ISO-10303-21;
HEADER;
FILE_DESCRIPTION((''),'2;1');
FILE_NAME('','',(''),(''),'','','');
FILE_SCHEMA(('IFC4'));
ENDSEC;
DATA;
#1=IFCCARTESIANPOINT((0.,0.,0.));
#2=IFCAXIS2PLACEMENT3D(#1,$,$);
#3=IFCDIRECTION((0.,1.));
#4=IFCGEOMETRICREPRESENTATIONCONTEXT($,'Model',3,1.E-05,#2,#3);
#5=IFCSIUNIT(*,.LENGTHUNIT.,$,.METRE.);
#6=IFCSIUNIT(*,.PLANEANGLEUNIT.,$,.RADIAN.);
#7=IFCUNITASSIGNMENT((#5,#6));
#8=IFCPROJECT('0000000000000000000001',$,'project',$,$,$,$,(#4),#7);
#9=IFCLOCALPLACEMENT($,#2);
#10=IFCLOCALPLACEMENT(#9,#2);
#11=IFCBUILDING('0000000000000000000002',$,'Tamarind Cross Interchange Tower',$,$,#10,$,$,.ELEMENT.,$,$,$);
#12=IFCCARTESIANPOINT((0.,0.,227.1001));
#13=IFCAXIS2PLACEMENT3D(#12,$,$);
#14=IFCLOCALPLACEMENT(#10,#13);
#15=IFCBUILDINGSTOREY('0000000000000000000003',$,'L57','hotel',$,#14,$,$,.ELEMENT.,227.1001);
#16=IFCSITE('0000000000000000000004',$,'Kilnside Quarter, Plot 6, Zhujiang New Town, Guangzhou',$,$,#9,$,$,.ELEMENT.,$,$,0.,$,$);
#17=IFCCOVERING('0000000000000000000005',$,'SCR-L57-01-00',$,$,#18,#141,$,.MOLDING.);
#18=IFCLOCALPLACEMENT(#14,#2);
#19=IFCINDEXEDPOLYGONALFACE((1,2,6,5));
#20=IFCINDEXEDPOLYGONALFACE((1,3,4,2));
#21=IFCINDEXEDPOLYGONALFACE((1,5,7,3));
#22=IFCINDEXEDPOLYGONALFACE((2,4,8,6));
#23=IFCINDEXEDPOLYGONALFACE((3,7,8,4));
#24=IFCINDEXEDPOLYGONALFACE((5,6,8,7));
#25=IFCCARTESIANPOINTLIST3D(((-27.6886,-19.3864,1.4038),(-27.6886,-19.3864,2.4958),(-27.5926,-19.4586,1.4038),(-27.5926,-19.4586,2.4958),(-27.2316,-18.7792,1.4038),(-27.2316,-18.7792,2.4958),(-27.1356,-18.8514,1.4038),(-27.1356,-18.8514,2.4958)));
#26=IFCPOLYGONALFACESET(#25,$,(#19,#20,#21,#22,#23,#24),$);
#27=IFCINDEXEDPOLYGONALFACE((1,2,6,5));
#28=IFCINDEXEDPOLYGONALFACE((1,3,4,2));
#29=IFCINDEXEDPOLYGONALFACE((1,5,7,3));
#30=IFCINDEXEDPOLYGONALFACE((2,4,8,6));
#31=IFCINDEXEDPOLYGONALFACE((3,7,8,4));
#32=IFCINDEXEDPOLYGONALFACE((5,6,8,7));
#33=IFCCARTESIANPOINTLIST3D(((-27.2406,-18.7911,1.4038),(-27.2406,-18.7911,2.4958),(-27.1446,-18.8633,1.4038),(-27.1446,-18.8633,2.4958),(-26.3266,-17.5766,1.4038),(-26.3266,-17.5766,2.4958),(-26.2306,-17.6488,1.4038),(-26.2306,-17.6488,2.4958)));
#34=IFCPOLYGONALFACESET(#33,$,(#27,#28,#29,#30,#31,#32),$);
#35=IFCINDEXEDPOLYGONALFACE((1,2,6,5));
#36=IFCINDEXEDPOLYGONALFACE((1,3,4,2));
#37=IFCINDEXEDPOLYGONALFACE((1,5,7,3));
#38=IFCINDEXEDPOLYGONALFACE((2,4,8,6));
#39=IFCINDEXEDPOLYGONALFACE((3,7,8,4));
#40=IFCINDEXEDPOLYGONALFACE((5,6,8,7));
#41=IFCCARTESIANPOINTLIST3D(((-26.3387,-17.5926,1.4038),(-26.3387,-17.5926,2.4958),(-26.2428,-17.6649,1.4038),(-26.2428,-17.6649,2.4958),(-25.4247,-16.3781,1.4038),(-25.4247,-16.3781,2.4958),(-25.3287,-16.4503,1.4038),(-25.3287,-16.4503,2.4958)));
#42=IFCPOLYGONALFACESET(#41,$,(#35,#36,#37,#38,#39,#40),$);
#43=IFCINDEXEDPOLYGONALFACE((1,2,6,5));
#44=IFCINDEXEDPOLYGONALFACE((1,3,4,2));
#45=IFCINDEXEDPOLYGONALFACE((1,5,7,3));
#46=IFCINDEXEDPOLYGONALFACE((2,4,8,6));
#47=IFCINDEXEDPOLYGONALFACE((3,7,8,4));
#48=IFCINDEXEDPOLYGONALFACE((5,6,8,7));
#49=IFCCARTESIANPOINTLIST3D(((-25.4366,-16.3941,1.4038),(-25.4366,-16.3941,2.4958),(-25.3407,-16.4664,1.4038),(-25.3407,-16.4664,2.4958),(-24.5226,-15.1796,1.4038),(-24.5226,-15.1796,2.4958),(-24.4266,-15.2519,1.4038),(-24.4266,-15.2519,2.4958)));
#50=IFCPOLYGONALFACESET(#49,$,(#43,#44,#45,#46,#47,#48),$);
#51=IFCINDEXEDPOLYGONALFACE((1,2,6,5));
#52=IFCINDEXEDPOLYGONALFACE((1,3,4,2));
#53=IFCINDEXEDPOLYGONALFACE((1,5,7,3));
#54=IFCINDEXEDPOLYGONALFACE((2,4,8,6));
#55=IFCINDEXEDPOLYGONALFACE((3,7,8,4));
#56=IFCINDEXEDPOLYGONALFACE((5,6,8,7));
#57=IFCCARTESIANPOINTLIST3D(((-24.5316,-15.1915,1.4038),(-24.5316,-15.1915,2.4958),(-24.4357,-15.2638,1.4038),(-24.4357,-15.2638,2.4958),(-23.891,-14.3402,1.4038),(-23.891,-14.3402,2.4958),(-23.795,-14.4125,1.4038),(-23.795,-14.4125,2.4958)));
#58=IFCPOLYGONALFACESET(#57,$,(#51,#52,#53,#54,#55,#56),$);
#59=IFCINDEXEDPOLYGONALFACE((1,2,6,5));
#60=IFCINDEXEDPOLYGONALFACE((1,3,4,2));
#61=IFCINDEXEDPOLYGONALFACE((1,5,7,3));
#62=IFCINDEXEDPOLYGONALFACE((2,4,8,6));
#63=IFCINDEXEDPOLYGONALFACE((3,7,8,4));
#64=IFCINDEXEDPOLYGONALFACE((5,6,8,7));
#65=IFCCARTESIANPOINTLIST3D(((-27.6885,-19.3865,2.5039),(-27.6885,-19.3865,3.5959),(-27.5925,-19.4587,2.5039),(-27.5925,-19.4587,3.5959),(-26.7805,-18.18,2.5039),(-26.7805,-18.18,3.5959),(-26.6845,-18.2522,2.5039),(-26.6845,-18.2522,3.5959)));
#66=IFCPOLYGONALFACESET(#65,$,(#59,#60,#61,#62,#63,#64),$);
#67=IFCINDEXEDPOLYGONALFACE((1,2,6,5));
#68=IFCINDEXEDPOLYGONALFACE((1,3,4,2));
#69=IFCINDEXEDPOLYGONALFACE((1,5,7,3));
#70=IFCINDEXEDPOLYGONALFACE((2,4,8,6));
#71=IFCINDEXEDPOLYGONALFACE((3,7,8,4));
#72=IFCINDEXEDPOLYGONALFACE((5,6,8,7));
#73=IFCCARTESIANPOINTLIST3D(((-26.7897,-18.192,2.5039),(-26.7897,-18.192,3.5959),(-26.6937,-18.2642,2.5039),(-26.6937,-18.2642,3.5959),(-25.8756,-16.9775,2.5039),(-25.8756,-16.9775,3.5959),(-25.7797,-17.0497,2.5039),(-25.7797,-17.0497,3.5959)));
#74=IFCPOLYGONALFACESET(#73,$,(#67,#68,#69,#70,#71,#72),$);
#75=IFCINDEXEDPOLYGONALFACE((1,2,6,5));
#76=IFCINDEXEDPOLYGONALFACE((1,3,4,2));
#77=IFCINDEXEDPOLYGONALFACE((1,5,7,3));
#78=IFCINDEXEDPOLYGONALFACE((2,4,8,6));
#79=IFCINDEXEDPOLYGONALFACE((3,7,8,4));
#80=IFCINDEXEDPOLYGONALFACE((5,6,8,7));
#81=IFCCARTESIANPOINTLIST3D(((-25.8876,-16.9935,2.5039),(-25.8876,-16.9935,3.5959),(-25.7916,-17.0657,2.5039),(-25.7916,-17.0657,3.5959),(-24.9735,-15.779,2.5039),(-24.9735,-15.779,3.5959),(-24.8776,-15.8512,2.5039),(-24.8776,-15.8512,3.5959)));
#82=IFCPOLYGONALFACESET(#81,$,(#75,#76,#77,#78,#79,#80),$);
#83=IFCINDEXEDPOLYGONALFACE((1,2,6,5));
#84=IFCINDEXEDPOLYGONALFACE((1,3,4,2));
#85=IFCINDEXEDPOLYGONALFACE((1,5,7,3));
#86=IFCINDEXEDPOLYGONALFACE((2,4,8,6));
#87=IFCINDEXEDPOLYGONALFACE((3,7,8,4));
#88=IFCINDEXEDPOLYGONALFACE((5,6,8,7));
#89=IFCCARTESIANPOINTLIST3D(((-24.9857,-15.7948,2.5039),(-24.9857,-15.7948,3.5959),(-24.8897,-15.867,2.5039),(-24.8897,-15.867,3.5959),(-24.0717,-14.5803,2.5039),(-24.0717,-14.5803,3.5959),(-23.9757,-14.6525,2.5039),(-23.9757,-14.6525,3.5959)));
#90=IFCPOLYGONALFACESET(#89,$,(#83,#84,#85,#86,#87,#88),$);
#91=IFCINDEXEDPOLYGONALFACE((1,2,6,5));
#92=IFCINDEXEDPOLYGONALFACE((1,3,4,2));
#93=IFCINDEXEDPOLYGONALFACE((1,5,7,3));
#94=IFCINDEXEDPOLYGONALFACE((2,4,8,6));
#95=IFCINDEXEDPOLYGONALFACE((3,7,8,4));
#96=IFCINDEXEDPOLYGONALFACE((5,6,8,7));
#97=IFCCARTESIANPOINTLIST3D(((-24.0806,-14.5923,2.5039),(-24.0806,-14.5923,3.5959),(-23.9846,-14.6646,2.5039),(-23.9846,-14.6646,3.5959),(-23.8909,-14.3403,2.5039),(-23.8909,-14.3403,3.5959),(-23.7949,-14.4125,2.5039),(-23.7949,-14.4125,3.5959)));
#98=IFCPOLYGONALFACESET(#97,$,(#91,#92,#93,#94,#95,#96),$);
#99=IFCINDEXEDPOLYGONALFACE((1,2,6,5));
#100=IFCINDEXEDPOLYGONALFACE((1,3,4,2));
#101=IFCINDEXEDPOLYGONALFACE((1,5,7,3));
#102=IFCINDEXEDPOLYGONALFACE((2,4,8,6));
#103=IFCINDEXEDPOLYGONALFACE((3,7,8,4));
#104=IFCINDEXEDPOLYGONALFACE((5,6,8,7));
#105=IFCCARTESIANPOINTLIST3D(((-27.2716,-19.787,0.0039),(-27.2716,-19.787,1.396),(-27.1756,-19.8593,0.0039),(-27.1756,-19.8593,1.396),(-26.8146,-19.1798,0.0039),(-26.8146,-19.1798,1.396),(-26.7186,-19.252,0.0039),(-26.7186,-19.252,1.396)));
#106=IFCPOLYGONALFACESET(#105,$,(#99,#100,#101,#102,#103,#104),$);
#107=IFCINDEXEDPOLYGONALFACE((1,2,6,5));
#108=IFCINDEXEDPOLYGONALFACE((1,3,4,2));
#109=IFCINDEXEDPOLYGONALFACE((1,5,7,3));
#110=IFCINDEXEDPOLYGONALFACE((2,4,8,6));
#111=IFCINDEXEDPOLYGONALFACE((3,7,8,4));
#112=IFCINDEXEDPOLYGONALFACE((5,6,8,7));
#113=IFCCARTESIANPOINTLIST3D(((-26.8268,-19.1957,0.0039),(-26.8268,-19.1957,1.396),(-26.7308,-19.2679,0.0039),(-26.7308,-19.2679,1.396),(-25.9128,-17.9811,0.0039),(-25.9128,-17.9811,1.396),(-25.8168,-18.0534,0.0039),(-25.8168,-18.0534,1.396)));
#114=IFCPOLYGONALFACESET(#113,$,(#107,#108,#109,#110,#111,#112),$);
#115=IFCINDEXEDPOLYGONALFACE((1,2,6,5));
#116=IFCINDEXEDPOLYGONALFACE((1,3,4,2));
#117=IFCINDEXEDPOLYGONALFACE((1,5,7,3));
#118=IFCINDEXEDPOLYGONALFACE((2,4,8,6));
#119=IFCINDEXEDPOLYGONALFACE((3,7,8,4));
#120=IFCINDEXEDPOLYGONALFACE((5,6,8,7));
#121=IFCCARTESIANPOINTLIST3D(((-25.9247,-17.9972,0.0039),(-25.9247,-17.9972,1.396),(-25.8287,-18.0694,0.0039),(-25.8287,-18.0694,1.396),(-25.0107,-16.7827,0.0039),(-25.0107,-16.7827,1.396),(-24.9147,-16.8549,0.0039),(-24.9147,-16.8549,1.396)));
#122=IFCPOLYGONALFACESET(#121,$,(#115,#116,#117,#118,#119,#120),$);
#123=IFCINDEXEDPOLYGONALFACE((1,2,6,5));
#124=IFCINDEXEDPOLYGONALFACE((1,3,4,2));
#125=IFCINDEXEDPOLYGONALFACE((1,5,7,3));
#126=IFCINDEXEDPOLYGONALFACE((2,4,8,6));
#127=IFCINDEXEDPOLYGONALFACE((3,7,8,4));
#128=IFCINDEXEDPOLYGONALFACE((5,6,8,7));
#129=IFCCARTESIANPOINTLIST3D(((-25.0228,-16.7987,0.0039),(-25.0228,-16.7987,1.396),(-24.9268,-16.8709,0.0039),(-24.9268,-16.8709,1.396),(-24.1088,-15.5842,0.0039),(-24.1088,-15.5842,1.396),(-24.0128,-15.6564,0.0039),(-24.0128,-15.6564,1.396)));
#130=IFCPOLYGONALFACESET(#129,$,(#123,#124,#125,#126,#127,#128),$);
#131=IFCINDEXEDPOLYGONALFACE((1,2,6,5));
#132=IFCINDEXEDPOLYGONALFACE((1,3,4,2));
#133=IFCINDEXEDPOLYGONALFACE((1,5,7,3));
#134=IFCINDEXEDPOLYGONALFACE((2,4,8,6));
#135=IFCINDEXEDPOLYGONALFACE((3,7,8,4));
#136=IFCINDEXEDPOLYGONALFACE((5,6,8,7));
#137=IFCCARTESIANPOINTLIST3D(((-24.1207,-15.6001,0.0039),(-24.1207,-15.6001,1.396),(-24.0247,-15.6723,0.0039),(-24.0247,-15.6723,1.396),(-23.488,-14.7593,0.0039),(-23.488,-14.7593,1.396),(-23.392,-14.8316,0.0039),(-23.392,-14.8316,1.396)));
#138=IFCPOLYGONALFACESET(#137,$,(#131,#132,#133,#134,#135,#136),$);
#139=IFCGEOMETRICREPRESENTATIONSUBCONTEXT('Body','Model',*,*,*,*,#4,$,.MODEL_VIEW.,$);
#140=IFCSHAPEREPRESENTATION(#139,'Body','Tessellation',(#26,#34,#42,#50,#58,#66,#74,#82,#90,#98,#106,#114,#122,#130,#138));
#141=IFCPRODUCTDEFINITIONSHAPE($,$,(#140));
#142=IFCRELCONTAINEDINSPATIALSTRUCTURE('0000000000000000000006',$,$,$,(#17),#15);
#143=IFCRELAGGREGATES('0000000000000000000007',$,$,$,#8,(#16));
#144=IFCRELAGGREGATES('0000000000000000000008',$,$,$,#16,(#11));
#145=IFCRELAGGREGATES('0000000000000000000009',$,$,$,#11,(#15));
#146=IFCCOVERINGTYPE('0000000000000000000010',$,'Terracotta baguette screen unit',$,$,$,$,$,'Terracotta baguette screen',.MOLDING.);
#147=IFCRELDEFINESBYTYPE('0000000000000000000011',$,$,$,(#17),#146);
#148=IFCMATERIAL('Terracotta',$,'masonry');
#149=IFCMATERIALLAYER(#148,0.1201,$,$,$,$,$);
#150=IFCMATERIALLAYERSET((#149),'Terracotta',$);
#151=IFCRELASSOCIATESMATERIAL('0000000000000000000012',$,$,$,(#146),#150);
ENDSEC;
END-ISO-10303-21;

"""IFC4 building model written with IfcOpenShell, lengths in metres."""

from ifc_helpers import new_model, si_unit, direction, frame, origin, origin_2d, place, context, subcontext, project, spatial, rectangle, extrude, material, layer, layer_set, type_object, element, save


model = new_model("IFC4")

# Units and contexts
model_context = context("Model", 3, precision=1e-05, world=origin(), true_north=direction((0.0, 1.0)))
body_context = subcontext(model_context, "Body", "Model", "MODEL_VIEW")
ifc_project = project(units=[si_unit("LENGTHUNIT", "METRE"), si_unit("PLANEANGLEUNIT", "RADIAN")], contexts=[model_context])

# Site, building, storey
site_placement = place(None, origin())
site = spatial("IfcSite", under=ifc_project, at=site_placement, Name="Kilnside Quarter, Plot 6, Zhujiang New Town, Guangzhou", CompositionType="ELEMENT", RefElevation=0.0)
building_placement = place(site_placement, origin())
building = spatial("IfcBuilding", under=site, at=building_placement, Name="Tamarind Cross Interchange Tower", CompositionType="ELEMENT")
storey_placement = place(building_placement, frame((0.0, 0.0, 227.1001)))
storey = spatial("IfcBuildingStorey", under=building, at=storey_placement, Name="L57", Description="hotel", CompositionType="ELEMENT", Elevation=227.1001)

# Covering
ifc_material_1 = material(Name="Terracotta", Category="masonry")
ifc_layer_1 = layer(ifc_material_1, 0.1201)
ifc_layer_set_1 = layer_set([ifc_layer_1], Name="Terracotta")
covering_type = type_object("IfcCoveringType", Name="Terracotta baguette screen unit", ElementType="Terracotta baguette screen", PredefinedType="MOLDING", material=ifc_layer_set_1)
covering_1_placement = place(storey_placement, origin())
element("IfcCovering", 1, at=covering_1_placement, inside=storey, type_object=covering_type, Name="SCR-L57-01-00", PredefinedType="MOLDING", context=body_context, shape_type="SweptSolid", body=[
    extrude(rectangle(XDim=0.76, YDim=0.1201, at=origin_2d()), frame((-27.4121, -19.1189, 1.4038), z_axis=(0.0, 0.0, 1.0), x_axis=(0.601316, 0.799011, 0.0)), (0.0, 0.0, 1.0), 1.092),
    extrude(rectangle(XDim=1.52, YDim=0.1201, at=origin_2d()), frame((-26.7356, -18.22, 1.4038), z_axis=(0.0, 0.0, 1.0), x_axis=(0.601316, 0.799011, 0.0)), (0.0, 0.0, 1.0), 1.092),
    extrude(rectangle(XDim=1.52, YDim=0.1201, at=origin_2d()), frame((-25.8337, -17.0215, 1.4038), z_axis=(0.0, 0.0, 1.0), x_axis=(0.601316, 0.799011, 0.0)), (0.0, 0.0, 1.0), 1.092),
    extrude(rectangle(XDim=1.52, YDim=0.1201, at=origin_2d()), frame((-24.9316, -15.823, 1.4038), z_axis=(0.0, 0.0, 1.0), x_axis=(0.601316, 0.799011, 0.0)), (0.0, 0.0, 1.0), 1.092),
    extrude(rectangle(XDim=1.0654, YDim=0.1201, at=origin_2d()), frame((-24.1633, -14.802, 1.4038), z_axis=(0.0, 0.0, 1.0), x_axis=(0.601316, 0.799011, 0.0)), (0.0, 0.0, 1.0), 1.092),
    extrude(rectangle(XDim=1.51, YDim=0.1201, at=origin_2d()), frame((-27.1865, -18.8193, 2.5039), z_axis=(0.0, 0.0, 1.0), x_axis=(0.601316, 0.799011, 0.0)), (0.0, 0.0, 1.0), 1.092),
    extrude(rectangle(XDim=1.52, YDim=0.1201, at=origin_2d()), frame((-26.2847, -17.6208, 2.5039), z_axis=(0.0, 0.0, 1.0), x_axis=(0.601316, 0.799011, 0.0)), (0.0, 0.0, 1.0), 1.092),
    extrude(rectangle(XDim=1.52, YDim=0.1201, at=origin_2d()), frame((-25.3826, -16.4224, 2.5039), z_axis=(0.0, 0.0, 1.0), x_axis=(0.601316, 0.799011, 0.0)), (0.0, 0.0, 1.0), 1.092),
    extrude(rectangle(XDim=1.52, YDim=0.1201, at=origin_2d()), frame((-24.4807, -15.2236, 2.5039), z_axis=(0.0, 0.0, 1.0), x_axis=(0.601316, 0.799011, 0.0)), (0.0, 0.0, 1.0), 1.092),
    extrude(rectangle(XDim=0.3154, YDim=0.1201, at=origin_2d()), frame((-23.9377, -14.5024, 2.5039), z_axis=(0.0, 0.0, 1.0), x_axis=(0.601316, 0.799011, 0.0)), (0.0, 0.0, 1.0), 1.092),
    extrude(rectangle(XDim=0.76, YDim=0.1201, at=origin_2d()), frame((-26.9951, -19.5195, 0.0039), z_axis=(0.0, 0.0, 1.0), x_axis=(0.601316, 0.799011, 0.0)), (0.0, 0.0, 1.0), 1.3921),
    extrude(rectangle(XDim=1.52, YDim=0.1201, at=origin_2d()), frame((-26.3218, -18.6245, 0.0039), z_axis=(0.0, 0.0, 1.0), x_axis=(0.601316, 0.799011, 0.0)), (0.0, 0.0, 1.0), 1.3921),
    extrude(rectangle(XDim=1.52, YDim=0.1201, at=origin_2d()), frame((-25.4197, -17.426, 0.0039), z_axis=(0.0, 0.0, 1.0), x_axis=(0.601316, 0.799011, 0.0)), (0.0, 0.0, 1.0), 1.3921),
    extrude(rectangle(XDim=1.52, YDim=0.1201, at=origin_2d()), frame((-24.5178, -16.2275, 0.0039), z_axis=(0.0, 0.0, 1.0), x_axis=(0.601316, 0.799011, 0.0)), (0.0, 0.0, 1.0), 1.3921),
    extrude(rectangle(XDim=1.0522, YDim=0.1201, at=origin_2d()), frame((-23.7563, -15.2158, 0.0039), z_axis=(0.0, 0.0, 1.0), x_axis=(0.601316, 0.799011, 0.0)), (0.0, 0.0, 1.0), 1.3921),
])

save(model, "model.ifc")
